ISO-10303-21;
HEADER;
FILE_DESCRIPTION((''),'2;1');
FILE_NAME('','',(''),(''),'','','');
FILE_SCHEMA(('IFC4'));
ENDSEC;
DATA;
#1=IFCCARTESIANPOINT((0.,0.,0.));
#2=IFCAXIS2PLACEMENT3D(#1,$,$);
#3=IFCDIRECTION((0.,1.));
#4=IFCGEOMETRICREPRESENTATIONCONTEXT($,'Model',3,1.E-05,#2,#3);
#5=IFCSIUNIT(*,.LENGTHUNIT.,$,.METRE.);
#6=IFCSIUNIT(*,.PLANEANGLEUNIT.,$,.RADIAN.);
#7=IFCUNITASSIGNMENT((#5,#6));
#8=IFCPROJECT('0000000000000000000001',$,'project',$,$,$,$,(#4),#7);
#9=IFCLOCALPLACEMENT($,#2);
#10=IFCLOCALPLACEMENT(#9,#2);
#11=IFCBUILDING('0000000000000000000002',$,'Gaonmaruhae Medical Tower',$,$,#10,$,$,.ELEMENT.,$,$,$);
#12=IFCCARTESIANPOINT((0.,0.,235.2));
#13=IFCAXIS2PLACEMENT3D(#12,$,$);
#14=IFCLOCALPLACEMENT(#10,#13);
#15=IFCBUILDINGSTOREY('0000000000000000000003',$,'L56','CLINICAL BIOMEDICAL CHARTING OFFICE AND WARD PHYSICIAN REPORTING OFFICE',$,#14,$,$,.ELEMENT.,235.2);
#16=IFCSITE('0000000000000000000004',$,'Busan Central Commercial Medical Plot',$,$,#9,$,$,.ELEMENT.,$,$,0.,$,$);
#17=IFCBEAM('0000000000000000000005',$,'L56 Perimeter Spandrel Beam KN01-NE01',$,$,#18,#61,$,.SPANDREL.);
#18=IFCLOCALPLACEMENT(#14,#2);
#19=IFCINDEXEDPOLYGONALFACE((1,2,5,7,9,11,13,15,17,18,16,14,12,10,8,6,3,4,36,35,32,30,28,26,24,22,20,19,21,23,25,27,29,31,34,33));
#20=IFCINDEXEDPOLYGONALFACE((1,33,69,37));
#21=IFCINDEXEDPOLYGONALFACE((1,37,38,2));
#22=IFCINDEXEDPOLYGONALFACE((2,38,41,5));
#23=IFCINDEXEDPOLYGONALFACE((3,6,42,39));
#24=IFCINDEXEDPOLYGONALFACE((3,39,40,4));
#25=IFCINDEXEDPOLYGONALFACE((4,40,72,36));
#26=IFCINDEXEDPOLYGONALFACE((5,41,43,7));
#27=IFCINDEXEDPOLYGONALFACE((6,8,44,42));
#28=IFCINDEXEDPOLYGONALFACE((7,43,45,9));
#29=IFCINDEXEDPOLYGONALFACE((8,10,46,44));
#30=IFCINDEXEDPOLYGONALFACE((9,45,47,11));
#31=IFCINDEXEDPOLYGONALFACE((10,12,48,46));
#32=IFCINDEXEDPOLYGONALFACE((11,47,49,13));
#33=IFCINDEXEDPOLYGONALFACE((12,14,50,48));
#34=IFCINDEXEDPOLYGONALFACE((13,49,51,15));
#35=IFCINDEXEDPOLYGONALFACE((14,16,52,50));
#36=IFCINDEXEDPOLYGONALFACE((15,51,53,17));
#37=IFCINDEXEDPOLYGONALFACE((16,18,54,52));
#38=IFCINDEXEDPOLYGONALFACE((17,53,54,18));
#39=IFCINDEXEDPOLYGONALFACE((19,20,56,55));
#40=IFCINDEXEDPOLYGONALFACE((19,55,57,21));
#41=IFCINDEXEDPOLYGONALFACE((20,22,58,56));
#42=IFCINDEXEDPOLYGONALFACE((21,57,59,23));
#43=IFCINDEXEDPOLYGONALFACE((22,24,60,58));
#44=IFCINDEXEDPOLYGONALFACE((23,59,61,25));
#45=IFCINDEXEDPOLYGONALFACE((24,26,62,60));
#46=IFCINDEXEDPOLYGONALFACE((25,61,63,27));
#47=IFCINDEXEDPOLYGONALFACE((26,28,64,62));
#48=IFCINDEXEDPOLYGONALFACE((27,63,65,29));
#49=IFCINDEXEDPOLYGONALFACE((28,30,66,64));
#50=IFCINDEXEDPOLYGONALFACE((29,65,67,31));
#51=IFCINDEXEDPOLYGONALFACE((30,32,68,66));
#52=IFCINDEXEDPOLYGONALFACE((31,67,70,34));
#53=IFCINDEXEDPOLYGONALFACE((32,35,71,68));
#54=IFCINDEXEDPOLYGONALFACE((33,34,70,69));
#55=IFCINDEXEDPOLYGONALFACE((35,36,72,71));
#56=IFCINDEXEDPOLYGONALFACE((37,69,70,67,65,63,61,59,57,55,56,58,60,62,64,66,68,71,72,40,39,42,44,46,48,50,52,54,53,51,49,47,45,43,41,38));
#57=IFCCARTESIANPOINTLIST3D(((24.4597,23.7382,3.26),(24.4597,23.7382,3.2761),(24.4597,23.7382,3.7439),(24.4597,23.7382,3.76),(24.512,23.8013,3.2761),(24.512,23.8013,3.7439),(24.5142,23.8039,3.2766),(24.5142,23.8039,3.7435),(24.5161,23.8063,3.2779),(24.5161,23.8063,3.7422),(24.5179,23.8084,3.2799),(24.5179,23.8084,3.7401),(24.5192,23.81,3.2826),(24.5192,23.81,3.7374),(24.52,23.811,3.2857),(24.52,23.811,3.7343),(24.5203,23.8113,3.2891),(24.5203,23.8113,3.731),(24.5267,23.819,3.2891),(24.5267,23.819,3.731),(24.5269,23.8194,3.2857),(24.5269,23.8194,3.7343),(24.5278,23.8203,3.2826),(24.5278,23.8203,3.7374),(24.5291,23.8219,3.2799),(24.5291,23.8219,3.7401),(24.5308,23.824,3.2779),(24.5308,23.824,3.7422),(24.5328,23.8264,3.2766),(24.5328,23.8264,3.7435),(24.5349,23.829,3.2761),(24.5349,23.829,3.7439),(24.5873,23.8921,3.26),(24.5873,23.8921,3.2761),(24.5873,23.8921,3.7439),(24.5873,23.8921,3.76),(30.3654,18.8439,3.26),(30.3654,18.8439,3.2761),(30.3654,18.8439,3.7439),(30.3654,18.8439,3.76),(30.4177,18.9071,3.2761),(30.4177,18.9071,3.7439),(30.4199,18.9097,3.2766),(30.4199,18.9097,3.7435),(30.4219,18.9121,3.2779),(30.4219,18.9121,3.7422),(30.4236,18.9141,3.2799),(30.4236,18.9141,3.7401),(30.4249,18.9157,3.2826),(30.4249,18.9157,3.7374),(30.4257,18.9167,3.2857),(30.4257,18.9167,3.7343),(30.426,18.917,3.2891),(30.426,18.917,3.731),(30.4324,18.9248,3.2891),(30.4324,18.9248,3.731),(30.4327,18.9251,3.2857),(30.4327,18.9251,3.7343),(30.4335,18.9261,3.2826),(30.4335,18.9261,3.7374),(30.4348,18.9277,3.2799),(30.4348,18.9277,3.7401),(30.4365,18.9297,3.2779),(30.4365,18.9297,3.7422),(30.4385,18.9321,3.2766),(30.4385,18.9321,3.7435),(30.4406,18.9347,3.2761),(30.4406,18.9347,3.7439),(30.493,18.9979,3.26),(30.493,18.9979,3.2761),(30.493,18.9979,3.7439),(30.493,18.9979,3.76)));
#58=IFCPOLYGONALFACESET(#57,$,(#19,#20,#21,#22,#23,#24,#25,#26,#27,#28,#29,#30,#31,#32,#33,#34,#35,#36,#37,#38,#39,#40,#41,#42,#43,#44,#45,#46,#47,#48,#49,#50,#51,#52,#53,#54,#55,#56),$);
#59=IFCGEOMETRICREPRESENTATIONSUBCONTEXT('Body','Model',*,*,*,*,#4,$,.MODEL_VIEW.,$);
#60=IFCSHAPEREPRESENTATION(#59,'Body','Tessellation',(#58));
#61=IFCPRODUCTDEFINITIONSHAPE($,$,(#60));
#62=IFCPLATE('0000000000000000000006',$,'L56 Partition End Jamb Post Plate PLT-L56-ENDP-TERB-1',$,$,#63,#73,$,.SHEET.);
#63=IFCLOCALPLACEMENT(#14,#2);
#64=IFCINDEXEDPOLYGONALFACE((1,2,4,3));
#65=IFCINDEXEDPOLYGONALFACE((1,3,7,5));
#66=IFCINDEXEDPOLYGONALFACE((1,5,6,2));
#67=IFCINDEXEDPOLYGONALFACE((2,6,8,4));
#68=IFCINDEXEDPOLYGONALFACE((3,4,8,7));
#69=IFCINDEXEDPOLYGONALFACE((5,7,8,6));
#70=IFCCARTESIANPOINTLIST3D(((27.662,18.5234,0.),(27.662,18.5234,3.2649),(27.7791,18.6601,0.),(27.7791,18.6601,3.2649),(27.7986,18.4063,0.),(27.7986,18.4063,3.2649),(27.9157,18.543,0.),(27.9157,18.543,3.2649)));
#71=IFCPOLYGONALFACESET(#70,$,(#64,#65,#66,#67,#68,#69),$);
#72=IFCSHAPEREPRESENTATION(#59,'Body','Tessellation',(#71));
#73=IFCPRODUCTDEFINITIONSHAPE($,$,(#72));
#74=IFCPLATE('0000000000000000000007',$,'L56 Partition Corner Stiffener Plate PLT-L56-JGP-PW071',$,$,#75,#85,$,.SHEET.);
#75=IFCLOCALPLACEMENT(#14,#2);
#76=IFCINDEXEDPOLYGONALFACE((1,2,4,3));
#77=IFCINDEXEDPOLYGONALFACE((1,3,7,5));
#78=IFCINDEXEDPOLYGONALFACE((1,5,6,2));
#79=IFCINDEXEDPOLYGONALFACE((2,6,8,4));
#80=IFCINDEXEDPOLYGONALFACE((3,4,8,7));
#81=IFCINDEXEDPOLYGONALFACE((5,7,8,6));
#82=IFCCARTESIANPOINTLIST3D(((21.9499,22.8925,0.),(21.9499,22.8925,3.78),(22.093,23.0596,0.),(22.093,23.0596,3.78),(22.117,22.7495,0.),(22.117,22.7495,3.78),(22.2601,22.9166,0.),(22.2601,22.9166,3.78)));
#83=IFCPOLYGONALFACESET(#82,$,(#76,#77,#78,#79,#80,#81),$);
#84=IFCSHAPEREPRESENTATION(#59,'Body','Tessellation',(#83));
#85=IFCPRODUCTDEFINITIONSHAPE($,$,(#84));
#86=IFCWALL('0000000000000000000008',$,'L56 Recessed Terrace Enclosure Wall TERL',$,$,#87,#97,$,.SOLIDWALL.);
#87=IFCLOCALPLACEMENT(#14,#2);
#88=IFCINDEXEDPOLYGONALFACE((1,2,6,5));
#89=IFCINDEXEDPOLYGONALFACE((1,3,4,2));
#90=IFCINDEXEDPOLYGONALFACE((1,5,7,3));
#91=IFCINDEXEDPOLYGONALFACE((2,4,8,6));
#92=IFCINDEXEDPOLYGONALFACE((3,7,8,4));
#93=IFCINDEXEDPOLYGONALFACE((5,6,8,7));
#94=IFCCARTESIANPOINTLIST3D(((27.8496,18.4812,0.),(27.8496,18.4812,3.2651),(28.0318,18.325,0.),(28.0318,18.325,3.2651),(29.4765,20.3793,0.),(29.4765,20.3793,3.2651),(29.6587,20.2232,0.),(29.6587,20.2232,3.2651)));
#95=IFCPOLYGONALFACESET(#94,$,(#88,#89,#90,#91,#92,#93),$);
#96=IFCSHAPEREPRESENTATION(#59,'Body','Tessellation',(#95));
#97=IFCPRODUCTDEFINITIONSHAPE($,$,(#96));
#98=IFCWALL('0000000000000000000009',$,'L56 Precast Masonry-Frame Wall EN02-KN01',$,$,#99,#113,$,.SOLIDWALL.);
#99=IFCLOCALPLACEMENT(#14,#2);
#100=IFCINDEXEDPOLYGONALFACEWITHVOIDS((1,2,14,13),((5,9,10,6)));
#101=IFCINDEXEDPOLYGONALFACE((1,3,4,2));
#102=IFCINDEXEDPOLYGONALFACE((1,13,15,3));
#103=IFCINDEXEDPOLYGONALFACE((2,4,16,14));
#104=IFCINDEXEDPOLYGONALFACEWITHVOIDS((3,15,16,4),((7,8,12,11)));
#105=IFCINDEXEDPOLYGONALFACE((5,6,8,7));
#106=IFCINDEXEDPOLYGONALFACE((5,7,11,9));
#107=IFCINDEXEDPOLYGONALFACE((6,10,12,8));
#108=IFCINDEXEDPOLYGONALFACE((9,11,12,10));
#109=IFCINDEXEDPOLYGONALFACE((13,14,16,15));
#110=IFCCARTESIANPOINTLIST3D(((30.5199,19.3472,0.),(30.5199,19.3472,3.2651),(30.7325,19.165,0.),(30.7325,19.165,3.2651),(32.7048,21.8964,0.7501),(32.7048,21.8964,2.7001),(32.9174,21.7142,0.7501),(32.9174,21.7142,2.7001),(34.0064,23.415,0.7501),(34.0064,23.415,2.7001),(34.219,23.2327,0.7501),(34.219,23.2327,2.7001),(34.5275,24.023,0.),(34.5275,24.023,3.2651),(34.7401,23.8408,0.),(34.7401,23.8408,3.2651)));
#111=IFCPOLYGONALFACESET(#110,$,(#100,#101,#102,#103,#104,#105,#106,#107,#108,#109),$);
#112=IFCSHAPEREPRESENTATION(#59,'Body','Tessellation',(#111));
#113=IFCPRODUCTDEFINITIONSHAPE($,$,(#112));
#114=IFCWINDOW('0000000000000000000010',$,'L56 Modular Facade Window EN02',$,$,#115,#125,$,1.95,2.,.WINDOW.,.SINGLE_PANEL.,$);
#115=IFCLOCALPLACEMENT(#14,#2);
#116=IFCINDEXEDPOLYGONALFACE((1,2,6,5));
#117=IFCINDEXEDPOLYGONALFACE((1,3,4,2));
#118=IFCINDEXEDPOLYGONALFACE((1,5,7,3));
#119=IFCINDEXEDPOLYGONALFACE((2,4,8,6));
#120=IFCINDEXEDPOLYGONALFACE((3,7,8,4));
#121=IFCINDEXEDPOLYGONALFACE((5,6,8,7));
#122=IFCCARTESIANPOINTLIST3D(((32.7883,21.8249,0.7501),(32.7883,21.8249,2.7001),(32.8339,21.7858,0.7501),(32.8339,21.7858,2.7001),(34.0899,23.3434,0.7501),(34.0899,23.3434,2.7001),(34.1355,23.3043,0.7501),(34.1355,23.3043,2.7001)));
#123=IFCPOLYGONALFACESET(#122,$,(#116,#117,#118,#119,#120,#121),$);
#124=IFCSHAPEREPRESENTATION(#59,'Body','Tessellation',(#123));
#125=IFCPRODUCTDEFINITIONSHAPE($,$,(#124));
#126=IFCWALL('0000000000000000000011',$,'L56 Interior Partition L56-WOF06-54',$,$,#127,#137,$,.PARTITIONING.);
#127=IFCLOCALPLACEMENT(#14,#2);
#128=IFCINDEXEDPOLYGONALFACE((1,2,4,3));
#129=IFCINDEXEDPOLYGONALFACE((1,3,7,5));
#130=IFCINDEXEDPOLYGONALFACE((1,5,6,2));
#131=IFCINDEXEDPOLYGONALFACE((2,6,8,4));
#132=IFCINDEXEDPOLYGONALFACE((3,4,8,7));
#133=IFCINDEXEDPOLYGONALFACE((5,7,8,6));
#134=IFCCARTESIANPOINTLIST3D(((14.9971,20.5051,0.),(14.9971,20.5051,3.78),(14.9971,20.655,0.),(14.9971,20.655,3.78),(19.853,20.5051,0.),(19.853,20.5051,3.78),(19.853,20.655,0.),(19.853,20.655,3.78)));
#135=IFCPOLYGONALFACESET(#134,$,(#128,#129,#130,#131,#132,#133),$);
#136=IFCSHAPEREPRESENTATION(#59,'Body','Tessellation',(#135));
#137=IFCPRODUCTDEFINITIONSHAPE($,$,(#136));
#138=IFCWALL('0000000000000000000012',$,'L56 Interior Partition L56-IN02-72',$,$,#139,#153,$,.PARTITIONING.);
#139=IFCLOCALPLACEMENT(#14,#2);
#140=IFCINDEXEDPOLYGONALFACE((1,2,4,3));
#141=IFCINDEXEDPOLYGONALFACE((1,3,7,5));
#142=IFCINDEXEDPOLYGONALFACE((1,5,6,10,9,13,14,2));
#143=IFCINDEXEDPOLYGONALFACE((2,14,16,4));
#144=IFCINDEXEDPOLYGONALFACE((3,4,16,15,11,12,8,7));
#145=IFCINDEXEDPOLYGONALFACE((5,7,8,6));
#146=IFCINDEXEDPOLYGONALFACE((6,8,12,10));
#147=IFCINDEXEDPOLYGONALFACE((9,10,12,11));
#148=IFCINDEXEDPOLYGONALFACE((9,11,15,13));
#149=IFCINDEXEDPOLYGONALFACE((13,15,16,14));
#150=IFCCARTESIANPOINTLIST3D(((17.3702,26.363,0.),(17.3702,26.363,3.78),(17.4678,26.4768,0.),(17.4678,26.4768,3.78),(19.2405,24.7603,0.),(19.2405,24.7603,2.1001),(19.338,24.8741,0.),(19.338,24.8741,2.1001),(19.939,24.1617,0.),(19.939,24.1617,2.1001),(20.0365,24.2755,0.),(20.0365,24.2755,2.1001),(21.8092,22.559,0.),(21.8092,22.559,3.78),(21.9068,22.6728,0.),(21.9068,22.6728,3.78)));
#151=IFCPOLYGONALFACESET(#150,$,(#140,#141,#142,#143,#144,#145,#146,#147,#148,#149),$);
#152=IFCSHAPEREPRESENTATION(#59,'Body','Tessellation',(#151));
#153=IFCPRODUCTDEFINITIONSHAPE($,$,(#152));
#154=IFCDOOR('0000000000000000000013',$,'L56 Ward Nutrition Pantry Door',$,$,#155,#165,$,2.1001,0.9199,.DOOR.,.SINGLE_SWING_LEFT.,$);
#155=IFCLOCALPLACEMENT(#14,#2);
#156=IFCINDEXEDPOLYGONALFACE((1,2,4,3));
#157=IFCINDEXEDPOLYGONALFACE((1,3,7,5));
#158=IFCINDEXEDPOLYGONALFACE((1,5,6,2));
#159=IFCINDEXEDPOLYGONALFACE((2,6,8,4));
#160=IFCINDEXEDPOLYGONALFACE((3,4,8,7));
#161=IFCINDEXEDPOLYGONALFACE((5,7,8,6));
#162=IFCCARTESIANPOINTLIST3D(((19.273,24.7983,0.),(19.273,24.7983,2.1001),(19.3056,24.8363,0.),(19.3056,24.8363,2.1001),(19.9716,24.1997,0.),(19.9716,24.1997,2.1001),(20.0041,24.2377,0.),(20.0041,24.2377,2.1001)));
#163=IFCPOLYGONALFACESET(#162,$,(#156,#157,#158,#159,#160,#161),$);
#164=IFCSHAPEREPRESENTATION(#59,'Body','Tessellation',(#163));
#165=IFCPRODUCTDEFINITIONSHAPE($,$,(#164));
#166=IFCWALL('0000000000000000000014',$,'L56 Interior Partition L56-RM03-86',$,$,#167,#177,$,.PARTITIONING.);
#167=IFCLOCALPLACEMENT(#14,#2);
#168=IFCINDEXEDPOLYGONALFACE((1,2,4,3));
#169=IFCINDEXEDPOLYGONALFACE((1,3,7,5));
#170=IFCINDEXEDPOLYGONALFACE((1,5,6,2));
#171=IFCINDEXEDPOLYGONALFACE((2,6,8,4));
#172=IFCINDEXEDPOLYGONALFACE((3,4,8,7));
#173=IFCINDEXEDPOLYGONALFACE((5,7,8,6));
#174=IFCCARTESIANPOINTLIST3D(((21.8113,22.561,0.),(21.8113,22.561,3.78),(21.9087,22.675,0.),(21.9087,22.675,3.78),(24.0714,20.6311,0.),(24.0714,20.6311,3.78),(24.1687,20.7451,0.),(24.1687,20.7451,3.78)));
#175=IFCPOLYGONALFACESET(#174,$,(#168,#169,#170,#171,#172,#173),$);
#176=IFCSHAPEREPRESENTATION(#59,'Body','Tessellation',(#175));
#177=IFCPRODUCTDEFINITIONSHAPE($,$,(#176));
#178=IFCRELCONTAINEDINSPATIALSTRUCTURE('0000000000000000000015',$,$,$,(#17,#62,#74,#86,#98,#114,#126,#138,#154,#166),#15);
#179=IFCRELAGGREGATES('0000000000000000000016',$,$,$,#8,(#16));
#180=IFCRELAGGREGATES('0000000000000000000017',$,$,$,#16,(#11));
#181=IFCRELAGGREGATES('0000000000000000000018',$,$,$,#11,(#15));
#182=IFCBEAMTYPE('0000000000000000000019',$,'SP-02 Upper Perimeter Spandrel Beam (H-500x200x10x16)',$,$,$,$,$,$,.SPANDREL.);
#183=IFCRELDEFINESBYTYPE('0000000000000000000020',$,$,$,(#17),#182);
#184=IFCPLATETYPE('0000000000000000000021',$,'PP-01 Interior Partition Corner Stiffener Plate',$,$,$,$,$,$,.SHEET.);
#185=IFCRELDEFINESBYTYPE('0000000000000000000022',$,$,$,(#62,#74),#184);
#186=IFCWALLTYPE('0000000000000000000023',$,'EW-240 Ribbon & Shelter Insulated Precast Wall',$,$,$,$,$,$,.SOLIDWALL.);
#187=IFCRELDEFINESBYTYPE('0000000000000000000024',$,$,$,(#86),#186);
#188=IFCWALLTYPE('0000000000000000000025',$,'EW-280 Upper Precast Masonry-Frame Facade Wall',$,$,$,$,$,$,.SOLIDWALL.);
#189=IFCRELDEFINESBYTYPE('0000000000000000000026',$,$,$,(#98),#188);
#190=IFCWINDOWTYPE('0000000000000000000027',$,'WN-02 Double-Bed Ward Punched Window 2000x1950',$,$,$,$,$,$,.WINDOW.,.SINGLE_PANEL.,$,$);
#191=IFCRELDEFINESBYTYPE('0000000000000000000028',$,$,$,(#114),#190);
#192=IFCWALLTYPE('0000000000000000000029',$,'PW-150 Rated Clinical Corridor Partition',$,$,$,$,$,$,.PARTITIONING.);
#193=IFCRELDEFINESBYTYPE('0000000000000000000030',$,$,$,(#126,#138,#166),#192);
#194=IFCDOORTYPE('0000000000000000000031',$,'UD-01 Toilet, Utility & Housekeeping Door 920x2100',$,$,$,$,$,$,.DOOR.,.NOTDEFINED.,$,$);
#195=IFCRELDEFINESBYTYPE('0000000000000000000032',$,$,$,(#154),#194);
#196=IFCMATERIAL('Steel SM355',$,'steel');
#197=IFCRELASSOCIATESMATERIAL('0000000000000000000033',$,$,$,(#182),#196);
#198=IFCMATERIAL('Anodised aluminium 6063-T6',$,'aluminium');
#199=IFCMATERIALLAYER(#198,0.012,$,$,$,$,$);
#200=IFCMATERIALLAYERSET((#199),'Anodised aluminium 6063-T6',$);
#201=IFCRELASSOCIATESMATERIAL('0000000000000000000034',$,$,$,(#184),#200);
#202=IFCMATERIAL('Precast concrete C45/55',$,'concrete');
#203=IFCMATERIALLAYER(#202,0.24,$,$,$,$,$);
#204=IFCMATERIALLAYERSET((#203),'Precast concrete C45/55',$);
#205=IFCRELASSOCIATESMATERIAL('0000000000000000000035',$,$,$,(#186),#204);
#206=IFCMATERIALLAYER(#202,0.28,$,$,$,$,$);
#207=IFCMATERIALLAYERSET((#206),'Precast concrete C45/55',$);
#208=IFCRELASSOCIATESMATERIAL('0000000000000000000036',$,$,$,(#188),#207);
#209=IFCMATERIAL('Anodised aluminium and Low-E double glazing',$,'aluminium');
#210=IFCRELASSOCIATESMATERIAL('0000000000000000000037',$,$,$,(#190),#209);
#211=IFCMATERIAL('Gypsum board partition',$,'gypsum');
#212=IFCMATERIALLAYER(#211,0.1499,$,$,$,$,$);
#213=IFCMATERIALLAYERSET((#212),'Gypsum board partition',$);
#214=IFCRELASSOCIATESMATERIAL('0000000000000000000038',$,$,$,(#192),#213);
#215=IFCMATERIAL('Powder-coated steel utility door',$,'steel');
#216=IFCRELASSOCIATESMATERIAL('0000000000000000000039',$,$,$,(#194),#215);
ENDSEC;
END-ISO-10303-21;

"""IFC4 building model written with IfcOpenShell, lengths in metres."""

from ifc_helpers import new_model, si_unit, direction, frame, frame_2d, origin, origin_2d, place, context, subcontext, project, spatial, rectangle, i_section, extrude, material, layer, layer_set, material_profile, profile_set, type_object, element, fill, save


model = new_model("IFC4")

# Units and contexts
model_context = context("Model", 3, precision=1e-05, world=origin(), true_north=direction((0.0, 1.0)))
body_context = subcontext(model_context, "Body", "Model", "MODEL_VIEW")
ifc_project = project(units=[si_unit("LENGTHUNIT", "METRE"), si_unit("PLANEANGLEUNIT", "RADIAN")], contexts=[model_context])

# Site, building, storey
site_placement = place(None, origin())
site = spatial("IfcSite", under=ifc_project, at=site_placement, Name="Busan Central Commercial Medical Plot", CompositionType="ELEMENT", RefElevation=0.0)
building_placement = place(site_placement, origin())
building = spatial("IfcBuilding", under=site, at=building_placement, Name="Gaonmaruhae Medical Tower", CompositionType="ELEMENT")
storey_placement = place(building_placement, frame((0.0, 0.0, 235.2)))
storey = spatial("IfcBuildingStorey", under=building, at=storey_placement, Name="L56", Description="CLINICAL BIOMEDICAL CHARTING OFFICE AND WARD PHYSICIAN REPORTING OFFICE", CompositionType="ELEMENT", Elevation=235.2)

# Beam
ifc_material_1 = material(Name="Steel SM355", Category="steel")
ifc_material_profile_1 = material_profile(ifc_material_1, i_section(OverallWidth=0.2, OverallDepth=0.5, WebThickness=0.01, FlangeThickness=0.0161, FilletRadius=0.0129, at=origin_2d()), Name="H-500x200x10x16")
ifc_profile_set_1 = profile_set([ifc_material_profile_1], Name="Steel SM355")
beam_type_1 = type_object("IfcBeamType", Name="SP-02 Upper Perimeter Spandrel Beam (H-500x200x10x16)", PredefinedType="SPANDREL", material=ifc_profile_set_1)
beam_1_placement = place(storey_placement, frame((30.4292, 18.9209, 3.51), z_axis=(-0.769961, 0.638091, 0.0), x_axis=(-0.638091, -0.769961, 0.0)))
element("IfcBeam", 1, at=beam_1_placement, inside=storey, type_object=beam_type_1, Name="L56 Perimeter Spandrel Beam KN01-NE01", PredefinedType="SPANDREL", context=body_context, shape_type="SweptSolid", body=[
    extrude(i_section(OverallWidth=0.2, OverallDepth=0.5, WebThickness=0.01, FlangeThickness=0.0161, FilletRadius=0.0129, at=origin_2d()), origin(), (0.0, 0.0, 1.0), 7.6702),
])

# Plates
ifc_material_2 = material(Name="Anodised aluminium 6063-T6", Category="aluminium")
ifc_layer_1 = layer(ifc_material_2, 0.012)
ifc_layer_set_1 = layer_set([ifc_layer_1], Name="Anodised aluminium 6063-T6")
plate_type = type_object("IfcPlateType", Name="PP-01 Interior Partition Corner Stiffener Plate", PredefinedType="SHEET", material=ifc_layer_set_1)
plate_1_placement = place(storey_placement, frame((27.7888, 18.5332, 0.0), z_axis=(0.0, 0.0, 1.0), x_axis=(0.759271, -0.650774, 0.0)))
element("IfcPlate", 2, at=plate_1_placement, inside=storey, type_object=plate_type, Name="L56 Partition End Jamb Post Plate PLT-L56-ENDP-TERB-1", PredefinedType="SHEET", context=body_context, shape_type="SweptSolid", body=[
    extrude(rectangle(XDim=0.1799, YDim=0.1799, at=origin_2d()), origin(), (0.0, 0.0, 1.0), 3.2649),
])
plate_2_placement = place(storey_placement, frame((22.105, 22.9045, 0.0), z_axis=(0.0, 0.0, 1.0), x_axis=(-0.650363, -0.759623, 0.0)))
element("IfcPlate", 3, at=plate_2_placement, inside=storey, type_object=plate_type, Name="L56 Partition Corner Stiffener Plate PLT-L56-JGP-PW071", PredefinedType="SHEET", context=body_context, shape_type="SweptSolid", body=[
    extrude(rectangle(XDim=0.22, YDim=0.22, at=origin_2d()), origin(), (0.0, 0.0, 1.0), 3.78),
])

# Wall
ifc_material_3 = material(Name="Precast concrete C45/55", Category="concrete")
ifc_layer_2 = layer(ifc_material_3, 0.24)
ifc_layer_set_2 = layer_set([ifc_layer_2], Name="Precast concrete C45/55")
wall_type_1 = type_object("IfcWallType", Name="EW-240 Ribbon & Shelter Insulated Precast Wall", PredefinedType="SOLIDWALL", material=ifc_layer_set_2)
wall_1_placement = place(storey_placement, frame((27.9407, 18.4031, 0.0), z_axis=(0.0, 0.0, 1.0), x_axis=(0.650775, 0.75927, 0.0)))
element("IfcWall", 4, at=wall_1_placement, inside=storey, type_object=wall_type_1, Name="L56 Recessed Terrace Enclosure Wall TERL", PredefinedType="SOLIDWALL", context=body_context, shape_type="SweptSolid", body=[
    extrude(rectangle(XDim=2.5, YDim=0.24, at=frame_2d((1.25, 0.0))), origin(), (0.0, 0.0, 1.0), 3.2651),
])

# Wall, opening, window
ifc_layer_3 = layer(ifc_material_3, 0.28)
ifc_layer_set_3 = layer_set([ifc_layer_3], Name="Precast concrete C45/55")
wall_type_2 = type_object("IfcWallType", Name="EW-280 Upper Precast Masonry-Frame Facade Wall", PredefinedType="SOLIDWALL", material=ifc_layer_set_3)
wall_2_placement = place(storey_placement, frame((30.6262, 19.2561, 0.0), z_axis=(0.0, 0.0, 1.0), x_axis=(0.650769, 0.759276, 0.0)))
wall_2 = element("IfcWall", 5, at=wall_2_placement, inside=storey, type_object=wall_type_2, Name="L56 Precast Masonry-Frame Wall EN02-KN01", PredefinedType="SOLIDWALL", context=body_context, shape_type="SweptSolid", body=[
    extrude(rectangle(XDim=6.1582, YDim=0.28, at=frame_2d((3.0791, 0.0))), origin(), (0.0, 0.0, 1.0), 3.2651),
])
opening_1_placement = place(wall_2_placement, frame((3.3574, 0.0, 0.75)))
opening_1 = element("IfcOpeningElement", 6, at=opening_1_placement, cuts=wall_2, PredefinedType="OPENING", context=body_context, shape_type="SweptSolid", body=[
    extrude(rectangle(XDim=2.0, YDim=1.95, at=frame_2d((1.0, 0.9751))), frame((0.0, 0.1499, 0.0), z_axis=(0.0, -1.0, 0.0), x_axis=(1.0, 0.0, 0.0)), (0.0, 0.0, 1.0), 0.3),
])
ifc_material_4 = material(Name="Anodised aluminium and Low-E double glazing", Category="aluminium")
window_type = type_object("IfcWindowType", Name="WN-02 Double-Bed Ward Punched Window 2000x1950", PartitioningType="SINGLE_PANEL", PredefinedType="WINDOW", material=ifc_material_4)
window_placement = place(opening_1_placement, origin())
window = element("IfcWindow", 7, at=window_placement, inside=storey, type_object=window_type, Name="L56 Modular Facade Window EN02", OverallHeight=1.95, OverallWidth=2.0, PartitioningType="SINGLE_PANEL", PredefinedType="WINDOW", context=body_context, shape_type="SweptSolid", body=[
    extrude(rectangle(XDim=2.0, YDim=1.95, at=frame_2d((1.0, 0.9751))), frame((0.0, 0.03, 0.0), z_axis=(0.0, -1.0, 0.0), x_axis=(1.0, 0.0, 0.0)), (0.0, 0.0, 1.0), 0.0601),
])
fill(opening_1, window)

# Wall
ifc_material_5 = material(Name="Gypsum board partition", Category="gypsum")
ifc_layer_4 = layer(ifc_material_5, 0.1499)
ifc_layer_set_4 = layer_set([ifc_layer_4], Name="Gypsum board partition")
wall_type_3 = type_object("IfcWallType", Name="PW-150 Rated Clinical Corridor Partition", PredefinedType="PARTITIONING", material=ifc_layer_set_4)
wall_3_placement = place(storey_placement, frame((19.853, 20.5801, 0.0), z_axis=(0.0, 0.0, 1.0), x_axis=(-1.0, 0.0, 0.0)))
element("IfcWall", 8, at=wall_3_placement, inside=storey, type_object=wall_type_3, Name="L56 Interior Partition L56-WOF06-54", PredefinedType="PARTITIONING", context=body_context, shape_type="SweptSolid", body=[
    extrude(rectangle(XDim=4.856, YDim=0.1499, at=frame_2d((2.428, 0.0))), origin(), (0.0, 0.0, 1.0), 3.78),
])

# Wall, opening, door
wall_4_placement = place(storey_placement, frame((21.8579, 22.616, 0.0), z_axis=(0.0, 0.0, 1.0), x_axis=(-0.75933, 0.650705, 0.0)))
wall_4 = element("IfcWall", 9, at=wall_4_placement, inside=storey, type_object=wall_type_3, Name="L56 Interior Partition L56-IN02-72", PredefinedType="PARTITIONING", context=body_context, shape_type="SweptSolid", body=[
    extrude(rectangle(XDim=5.8459, YDim=0.1499, at=frame_2d((2.9229, 0.0))), origin(), (0.0, 0.0, 1.0), 3.78),
])
opening_2_placement = place(wall_4_placement, frame((2.4629, 0.0, 0.0)))
opening_2 = element("IfcOpeningElement", 10, at=opening_2_placement, cuts=wall_4, PredefinedType="OPENING", context=body_context, shape_type="SweptSolid", body=[
    extrude(rectangle(XDim=0.9199, YDim=2.1001, at=frame_2d((0.46, 1.05))), frame((0.0, 0.085, 0.0), z_axis=(0.0, -1.0, 0.0), x_axis=(1.0, 0.0, 0.0)), (0.0, 0.0, 1.0), 0.1699),
])
ifc_material_6 = material(Name="Powder-coated steel utility door", Category="steel")
door_type_1 = type_object("IfcDoorType", Name="UD-01 Toilet, Utility & Housekeeping Door 920x2100", OperationType="NOTDEFINED", PredefinedType="DOOR", material=ifc_material_6)
door_1_placement = place(opening_2_placement, origin())
door_1 = element("IfcDoor", 11, at=door_1_placement, inside=storey, type_object=door_type_1, Name="L56 Ward Nutrition Pantry Door", OperationType="SINGLE_SWING_LEFT", OverallHeight=2.1001, OverallWidth=0.9199, PredefinedType="DOOR", context=body_context, shape_type="SweptSolid", body=[
    extrude(rectangle(XDim=0.9199, YDim=2.1001, at=frame_2d((0.46, 1.05))), frame((0.0, 0.0249, 0.0), z_axis=(0.0, -1.0, 0.0), x_axis=(1.0, 0.0, 0.0)), (0.0, 0.0, 1.0), 0.05),
])
fill(opening_2, door_1)

# Wall
wall_5_placement = place(storey_placement, frame((21.8601, 22.6179, 0.0), z_axis=(0.0, 0.0, 1.0), x_axis=(0.760456, -0.64939, 0.0)))
element("IfcWall", 12, at=wall_5_placement, inside=storey, type_object=wall_type_3, Name="L56 Interior Partition L56-RM03-86", PredefinedType="PARTITIONING", context=body_context, shape_type="SweptSolid", body=[
    extrude(rectangle(XDim=2.9719, YDim=0.1499, at=frame_2d((1.4858, 0.0))), origin(), (0.0, 0.0, 1.0), 3.78),
])

save(model, "model.ifc")
